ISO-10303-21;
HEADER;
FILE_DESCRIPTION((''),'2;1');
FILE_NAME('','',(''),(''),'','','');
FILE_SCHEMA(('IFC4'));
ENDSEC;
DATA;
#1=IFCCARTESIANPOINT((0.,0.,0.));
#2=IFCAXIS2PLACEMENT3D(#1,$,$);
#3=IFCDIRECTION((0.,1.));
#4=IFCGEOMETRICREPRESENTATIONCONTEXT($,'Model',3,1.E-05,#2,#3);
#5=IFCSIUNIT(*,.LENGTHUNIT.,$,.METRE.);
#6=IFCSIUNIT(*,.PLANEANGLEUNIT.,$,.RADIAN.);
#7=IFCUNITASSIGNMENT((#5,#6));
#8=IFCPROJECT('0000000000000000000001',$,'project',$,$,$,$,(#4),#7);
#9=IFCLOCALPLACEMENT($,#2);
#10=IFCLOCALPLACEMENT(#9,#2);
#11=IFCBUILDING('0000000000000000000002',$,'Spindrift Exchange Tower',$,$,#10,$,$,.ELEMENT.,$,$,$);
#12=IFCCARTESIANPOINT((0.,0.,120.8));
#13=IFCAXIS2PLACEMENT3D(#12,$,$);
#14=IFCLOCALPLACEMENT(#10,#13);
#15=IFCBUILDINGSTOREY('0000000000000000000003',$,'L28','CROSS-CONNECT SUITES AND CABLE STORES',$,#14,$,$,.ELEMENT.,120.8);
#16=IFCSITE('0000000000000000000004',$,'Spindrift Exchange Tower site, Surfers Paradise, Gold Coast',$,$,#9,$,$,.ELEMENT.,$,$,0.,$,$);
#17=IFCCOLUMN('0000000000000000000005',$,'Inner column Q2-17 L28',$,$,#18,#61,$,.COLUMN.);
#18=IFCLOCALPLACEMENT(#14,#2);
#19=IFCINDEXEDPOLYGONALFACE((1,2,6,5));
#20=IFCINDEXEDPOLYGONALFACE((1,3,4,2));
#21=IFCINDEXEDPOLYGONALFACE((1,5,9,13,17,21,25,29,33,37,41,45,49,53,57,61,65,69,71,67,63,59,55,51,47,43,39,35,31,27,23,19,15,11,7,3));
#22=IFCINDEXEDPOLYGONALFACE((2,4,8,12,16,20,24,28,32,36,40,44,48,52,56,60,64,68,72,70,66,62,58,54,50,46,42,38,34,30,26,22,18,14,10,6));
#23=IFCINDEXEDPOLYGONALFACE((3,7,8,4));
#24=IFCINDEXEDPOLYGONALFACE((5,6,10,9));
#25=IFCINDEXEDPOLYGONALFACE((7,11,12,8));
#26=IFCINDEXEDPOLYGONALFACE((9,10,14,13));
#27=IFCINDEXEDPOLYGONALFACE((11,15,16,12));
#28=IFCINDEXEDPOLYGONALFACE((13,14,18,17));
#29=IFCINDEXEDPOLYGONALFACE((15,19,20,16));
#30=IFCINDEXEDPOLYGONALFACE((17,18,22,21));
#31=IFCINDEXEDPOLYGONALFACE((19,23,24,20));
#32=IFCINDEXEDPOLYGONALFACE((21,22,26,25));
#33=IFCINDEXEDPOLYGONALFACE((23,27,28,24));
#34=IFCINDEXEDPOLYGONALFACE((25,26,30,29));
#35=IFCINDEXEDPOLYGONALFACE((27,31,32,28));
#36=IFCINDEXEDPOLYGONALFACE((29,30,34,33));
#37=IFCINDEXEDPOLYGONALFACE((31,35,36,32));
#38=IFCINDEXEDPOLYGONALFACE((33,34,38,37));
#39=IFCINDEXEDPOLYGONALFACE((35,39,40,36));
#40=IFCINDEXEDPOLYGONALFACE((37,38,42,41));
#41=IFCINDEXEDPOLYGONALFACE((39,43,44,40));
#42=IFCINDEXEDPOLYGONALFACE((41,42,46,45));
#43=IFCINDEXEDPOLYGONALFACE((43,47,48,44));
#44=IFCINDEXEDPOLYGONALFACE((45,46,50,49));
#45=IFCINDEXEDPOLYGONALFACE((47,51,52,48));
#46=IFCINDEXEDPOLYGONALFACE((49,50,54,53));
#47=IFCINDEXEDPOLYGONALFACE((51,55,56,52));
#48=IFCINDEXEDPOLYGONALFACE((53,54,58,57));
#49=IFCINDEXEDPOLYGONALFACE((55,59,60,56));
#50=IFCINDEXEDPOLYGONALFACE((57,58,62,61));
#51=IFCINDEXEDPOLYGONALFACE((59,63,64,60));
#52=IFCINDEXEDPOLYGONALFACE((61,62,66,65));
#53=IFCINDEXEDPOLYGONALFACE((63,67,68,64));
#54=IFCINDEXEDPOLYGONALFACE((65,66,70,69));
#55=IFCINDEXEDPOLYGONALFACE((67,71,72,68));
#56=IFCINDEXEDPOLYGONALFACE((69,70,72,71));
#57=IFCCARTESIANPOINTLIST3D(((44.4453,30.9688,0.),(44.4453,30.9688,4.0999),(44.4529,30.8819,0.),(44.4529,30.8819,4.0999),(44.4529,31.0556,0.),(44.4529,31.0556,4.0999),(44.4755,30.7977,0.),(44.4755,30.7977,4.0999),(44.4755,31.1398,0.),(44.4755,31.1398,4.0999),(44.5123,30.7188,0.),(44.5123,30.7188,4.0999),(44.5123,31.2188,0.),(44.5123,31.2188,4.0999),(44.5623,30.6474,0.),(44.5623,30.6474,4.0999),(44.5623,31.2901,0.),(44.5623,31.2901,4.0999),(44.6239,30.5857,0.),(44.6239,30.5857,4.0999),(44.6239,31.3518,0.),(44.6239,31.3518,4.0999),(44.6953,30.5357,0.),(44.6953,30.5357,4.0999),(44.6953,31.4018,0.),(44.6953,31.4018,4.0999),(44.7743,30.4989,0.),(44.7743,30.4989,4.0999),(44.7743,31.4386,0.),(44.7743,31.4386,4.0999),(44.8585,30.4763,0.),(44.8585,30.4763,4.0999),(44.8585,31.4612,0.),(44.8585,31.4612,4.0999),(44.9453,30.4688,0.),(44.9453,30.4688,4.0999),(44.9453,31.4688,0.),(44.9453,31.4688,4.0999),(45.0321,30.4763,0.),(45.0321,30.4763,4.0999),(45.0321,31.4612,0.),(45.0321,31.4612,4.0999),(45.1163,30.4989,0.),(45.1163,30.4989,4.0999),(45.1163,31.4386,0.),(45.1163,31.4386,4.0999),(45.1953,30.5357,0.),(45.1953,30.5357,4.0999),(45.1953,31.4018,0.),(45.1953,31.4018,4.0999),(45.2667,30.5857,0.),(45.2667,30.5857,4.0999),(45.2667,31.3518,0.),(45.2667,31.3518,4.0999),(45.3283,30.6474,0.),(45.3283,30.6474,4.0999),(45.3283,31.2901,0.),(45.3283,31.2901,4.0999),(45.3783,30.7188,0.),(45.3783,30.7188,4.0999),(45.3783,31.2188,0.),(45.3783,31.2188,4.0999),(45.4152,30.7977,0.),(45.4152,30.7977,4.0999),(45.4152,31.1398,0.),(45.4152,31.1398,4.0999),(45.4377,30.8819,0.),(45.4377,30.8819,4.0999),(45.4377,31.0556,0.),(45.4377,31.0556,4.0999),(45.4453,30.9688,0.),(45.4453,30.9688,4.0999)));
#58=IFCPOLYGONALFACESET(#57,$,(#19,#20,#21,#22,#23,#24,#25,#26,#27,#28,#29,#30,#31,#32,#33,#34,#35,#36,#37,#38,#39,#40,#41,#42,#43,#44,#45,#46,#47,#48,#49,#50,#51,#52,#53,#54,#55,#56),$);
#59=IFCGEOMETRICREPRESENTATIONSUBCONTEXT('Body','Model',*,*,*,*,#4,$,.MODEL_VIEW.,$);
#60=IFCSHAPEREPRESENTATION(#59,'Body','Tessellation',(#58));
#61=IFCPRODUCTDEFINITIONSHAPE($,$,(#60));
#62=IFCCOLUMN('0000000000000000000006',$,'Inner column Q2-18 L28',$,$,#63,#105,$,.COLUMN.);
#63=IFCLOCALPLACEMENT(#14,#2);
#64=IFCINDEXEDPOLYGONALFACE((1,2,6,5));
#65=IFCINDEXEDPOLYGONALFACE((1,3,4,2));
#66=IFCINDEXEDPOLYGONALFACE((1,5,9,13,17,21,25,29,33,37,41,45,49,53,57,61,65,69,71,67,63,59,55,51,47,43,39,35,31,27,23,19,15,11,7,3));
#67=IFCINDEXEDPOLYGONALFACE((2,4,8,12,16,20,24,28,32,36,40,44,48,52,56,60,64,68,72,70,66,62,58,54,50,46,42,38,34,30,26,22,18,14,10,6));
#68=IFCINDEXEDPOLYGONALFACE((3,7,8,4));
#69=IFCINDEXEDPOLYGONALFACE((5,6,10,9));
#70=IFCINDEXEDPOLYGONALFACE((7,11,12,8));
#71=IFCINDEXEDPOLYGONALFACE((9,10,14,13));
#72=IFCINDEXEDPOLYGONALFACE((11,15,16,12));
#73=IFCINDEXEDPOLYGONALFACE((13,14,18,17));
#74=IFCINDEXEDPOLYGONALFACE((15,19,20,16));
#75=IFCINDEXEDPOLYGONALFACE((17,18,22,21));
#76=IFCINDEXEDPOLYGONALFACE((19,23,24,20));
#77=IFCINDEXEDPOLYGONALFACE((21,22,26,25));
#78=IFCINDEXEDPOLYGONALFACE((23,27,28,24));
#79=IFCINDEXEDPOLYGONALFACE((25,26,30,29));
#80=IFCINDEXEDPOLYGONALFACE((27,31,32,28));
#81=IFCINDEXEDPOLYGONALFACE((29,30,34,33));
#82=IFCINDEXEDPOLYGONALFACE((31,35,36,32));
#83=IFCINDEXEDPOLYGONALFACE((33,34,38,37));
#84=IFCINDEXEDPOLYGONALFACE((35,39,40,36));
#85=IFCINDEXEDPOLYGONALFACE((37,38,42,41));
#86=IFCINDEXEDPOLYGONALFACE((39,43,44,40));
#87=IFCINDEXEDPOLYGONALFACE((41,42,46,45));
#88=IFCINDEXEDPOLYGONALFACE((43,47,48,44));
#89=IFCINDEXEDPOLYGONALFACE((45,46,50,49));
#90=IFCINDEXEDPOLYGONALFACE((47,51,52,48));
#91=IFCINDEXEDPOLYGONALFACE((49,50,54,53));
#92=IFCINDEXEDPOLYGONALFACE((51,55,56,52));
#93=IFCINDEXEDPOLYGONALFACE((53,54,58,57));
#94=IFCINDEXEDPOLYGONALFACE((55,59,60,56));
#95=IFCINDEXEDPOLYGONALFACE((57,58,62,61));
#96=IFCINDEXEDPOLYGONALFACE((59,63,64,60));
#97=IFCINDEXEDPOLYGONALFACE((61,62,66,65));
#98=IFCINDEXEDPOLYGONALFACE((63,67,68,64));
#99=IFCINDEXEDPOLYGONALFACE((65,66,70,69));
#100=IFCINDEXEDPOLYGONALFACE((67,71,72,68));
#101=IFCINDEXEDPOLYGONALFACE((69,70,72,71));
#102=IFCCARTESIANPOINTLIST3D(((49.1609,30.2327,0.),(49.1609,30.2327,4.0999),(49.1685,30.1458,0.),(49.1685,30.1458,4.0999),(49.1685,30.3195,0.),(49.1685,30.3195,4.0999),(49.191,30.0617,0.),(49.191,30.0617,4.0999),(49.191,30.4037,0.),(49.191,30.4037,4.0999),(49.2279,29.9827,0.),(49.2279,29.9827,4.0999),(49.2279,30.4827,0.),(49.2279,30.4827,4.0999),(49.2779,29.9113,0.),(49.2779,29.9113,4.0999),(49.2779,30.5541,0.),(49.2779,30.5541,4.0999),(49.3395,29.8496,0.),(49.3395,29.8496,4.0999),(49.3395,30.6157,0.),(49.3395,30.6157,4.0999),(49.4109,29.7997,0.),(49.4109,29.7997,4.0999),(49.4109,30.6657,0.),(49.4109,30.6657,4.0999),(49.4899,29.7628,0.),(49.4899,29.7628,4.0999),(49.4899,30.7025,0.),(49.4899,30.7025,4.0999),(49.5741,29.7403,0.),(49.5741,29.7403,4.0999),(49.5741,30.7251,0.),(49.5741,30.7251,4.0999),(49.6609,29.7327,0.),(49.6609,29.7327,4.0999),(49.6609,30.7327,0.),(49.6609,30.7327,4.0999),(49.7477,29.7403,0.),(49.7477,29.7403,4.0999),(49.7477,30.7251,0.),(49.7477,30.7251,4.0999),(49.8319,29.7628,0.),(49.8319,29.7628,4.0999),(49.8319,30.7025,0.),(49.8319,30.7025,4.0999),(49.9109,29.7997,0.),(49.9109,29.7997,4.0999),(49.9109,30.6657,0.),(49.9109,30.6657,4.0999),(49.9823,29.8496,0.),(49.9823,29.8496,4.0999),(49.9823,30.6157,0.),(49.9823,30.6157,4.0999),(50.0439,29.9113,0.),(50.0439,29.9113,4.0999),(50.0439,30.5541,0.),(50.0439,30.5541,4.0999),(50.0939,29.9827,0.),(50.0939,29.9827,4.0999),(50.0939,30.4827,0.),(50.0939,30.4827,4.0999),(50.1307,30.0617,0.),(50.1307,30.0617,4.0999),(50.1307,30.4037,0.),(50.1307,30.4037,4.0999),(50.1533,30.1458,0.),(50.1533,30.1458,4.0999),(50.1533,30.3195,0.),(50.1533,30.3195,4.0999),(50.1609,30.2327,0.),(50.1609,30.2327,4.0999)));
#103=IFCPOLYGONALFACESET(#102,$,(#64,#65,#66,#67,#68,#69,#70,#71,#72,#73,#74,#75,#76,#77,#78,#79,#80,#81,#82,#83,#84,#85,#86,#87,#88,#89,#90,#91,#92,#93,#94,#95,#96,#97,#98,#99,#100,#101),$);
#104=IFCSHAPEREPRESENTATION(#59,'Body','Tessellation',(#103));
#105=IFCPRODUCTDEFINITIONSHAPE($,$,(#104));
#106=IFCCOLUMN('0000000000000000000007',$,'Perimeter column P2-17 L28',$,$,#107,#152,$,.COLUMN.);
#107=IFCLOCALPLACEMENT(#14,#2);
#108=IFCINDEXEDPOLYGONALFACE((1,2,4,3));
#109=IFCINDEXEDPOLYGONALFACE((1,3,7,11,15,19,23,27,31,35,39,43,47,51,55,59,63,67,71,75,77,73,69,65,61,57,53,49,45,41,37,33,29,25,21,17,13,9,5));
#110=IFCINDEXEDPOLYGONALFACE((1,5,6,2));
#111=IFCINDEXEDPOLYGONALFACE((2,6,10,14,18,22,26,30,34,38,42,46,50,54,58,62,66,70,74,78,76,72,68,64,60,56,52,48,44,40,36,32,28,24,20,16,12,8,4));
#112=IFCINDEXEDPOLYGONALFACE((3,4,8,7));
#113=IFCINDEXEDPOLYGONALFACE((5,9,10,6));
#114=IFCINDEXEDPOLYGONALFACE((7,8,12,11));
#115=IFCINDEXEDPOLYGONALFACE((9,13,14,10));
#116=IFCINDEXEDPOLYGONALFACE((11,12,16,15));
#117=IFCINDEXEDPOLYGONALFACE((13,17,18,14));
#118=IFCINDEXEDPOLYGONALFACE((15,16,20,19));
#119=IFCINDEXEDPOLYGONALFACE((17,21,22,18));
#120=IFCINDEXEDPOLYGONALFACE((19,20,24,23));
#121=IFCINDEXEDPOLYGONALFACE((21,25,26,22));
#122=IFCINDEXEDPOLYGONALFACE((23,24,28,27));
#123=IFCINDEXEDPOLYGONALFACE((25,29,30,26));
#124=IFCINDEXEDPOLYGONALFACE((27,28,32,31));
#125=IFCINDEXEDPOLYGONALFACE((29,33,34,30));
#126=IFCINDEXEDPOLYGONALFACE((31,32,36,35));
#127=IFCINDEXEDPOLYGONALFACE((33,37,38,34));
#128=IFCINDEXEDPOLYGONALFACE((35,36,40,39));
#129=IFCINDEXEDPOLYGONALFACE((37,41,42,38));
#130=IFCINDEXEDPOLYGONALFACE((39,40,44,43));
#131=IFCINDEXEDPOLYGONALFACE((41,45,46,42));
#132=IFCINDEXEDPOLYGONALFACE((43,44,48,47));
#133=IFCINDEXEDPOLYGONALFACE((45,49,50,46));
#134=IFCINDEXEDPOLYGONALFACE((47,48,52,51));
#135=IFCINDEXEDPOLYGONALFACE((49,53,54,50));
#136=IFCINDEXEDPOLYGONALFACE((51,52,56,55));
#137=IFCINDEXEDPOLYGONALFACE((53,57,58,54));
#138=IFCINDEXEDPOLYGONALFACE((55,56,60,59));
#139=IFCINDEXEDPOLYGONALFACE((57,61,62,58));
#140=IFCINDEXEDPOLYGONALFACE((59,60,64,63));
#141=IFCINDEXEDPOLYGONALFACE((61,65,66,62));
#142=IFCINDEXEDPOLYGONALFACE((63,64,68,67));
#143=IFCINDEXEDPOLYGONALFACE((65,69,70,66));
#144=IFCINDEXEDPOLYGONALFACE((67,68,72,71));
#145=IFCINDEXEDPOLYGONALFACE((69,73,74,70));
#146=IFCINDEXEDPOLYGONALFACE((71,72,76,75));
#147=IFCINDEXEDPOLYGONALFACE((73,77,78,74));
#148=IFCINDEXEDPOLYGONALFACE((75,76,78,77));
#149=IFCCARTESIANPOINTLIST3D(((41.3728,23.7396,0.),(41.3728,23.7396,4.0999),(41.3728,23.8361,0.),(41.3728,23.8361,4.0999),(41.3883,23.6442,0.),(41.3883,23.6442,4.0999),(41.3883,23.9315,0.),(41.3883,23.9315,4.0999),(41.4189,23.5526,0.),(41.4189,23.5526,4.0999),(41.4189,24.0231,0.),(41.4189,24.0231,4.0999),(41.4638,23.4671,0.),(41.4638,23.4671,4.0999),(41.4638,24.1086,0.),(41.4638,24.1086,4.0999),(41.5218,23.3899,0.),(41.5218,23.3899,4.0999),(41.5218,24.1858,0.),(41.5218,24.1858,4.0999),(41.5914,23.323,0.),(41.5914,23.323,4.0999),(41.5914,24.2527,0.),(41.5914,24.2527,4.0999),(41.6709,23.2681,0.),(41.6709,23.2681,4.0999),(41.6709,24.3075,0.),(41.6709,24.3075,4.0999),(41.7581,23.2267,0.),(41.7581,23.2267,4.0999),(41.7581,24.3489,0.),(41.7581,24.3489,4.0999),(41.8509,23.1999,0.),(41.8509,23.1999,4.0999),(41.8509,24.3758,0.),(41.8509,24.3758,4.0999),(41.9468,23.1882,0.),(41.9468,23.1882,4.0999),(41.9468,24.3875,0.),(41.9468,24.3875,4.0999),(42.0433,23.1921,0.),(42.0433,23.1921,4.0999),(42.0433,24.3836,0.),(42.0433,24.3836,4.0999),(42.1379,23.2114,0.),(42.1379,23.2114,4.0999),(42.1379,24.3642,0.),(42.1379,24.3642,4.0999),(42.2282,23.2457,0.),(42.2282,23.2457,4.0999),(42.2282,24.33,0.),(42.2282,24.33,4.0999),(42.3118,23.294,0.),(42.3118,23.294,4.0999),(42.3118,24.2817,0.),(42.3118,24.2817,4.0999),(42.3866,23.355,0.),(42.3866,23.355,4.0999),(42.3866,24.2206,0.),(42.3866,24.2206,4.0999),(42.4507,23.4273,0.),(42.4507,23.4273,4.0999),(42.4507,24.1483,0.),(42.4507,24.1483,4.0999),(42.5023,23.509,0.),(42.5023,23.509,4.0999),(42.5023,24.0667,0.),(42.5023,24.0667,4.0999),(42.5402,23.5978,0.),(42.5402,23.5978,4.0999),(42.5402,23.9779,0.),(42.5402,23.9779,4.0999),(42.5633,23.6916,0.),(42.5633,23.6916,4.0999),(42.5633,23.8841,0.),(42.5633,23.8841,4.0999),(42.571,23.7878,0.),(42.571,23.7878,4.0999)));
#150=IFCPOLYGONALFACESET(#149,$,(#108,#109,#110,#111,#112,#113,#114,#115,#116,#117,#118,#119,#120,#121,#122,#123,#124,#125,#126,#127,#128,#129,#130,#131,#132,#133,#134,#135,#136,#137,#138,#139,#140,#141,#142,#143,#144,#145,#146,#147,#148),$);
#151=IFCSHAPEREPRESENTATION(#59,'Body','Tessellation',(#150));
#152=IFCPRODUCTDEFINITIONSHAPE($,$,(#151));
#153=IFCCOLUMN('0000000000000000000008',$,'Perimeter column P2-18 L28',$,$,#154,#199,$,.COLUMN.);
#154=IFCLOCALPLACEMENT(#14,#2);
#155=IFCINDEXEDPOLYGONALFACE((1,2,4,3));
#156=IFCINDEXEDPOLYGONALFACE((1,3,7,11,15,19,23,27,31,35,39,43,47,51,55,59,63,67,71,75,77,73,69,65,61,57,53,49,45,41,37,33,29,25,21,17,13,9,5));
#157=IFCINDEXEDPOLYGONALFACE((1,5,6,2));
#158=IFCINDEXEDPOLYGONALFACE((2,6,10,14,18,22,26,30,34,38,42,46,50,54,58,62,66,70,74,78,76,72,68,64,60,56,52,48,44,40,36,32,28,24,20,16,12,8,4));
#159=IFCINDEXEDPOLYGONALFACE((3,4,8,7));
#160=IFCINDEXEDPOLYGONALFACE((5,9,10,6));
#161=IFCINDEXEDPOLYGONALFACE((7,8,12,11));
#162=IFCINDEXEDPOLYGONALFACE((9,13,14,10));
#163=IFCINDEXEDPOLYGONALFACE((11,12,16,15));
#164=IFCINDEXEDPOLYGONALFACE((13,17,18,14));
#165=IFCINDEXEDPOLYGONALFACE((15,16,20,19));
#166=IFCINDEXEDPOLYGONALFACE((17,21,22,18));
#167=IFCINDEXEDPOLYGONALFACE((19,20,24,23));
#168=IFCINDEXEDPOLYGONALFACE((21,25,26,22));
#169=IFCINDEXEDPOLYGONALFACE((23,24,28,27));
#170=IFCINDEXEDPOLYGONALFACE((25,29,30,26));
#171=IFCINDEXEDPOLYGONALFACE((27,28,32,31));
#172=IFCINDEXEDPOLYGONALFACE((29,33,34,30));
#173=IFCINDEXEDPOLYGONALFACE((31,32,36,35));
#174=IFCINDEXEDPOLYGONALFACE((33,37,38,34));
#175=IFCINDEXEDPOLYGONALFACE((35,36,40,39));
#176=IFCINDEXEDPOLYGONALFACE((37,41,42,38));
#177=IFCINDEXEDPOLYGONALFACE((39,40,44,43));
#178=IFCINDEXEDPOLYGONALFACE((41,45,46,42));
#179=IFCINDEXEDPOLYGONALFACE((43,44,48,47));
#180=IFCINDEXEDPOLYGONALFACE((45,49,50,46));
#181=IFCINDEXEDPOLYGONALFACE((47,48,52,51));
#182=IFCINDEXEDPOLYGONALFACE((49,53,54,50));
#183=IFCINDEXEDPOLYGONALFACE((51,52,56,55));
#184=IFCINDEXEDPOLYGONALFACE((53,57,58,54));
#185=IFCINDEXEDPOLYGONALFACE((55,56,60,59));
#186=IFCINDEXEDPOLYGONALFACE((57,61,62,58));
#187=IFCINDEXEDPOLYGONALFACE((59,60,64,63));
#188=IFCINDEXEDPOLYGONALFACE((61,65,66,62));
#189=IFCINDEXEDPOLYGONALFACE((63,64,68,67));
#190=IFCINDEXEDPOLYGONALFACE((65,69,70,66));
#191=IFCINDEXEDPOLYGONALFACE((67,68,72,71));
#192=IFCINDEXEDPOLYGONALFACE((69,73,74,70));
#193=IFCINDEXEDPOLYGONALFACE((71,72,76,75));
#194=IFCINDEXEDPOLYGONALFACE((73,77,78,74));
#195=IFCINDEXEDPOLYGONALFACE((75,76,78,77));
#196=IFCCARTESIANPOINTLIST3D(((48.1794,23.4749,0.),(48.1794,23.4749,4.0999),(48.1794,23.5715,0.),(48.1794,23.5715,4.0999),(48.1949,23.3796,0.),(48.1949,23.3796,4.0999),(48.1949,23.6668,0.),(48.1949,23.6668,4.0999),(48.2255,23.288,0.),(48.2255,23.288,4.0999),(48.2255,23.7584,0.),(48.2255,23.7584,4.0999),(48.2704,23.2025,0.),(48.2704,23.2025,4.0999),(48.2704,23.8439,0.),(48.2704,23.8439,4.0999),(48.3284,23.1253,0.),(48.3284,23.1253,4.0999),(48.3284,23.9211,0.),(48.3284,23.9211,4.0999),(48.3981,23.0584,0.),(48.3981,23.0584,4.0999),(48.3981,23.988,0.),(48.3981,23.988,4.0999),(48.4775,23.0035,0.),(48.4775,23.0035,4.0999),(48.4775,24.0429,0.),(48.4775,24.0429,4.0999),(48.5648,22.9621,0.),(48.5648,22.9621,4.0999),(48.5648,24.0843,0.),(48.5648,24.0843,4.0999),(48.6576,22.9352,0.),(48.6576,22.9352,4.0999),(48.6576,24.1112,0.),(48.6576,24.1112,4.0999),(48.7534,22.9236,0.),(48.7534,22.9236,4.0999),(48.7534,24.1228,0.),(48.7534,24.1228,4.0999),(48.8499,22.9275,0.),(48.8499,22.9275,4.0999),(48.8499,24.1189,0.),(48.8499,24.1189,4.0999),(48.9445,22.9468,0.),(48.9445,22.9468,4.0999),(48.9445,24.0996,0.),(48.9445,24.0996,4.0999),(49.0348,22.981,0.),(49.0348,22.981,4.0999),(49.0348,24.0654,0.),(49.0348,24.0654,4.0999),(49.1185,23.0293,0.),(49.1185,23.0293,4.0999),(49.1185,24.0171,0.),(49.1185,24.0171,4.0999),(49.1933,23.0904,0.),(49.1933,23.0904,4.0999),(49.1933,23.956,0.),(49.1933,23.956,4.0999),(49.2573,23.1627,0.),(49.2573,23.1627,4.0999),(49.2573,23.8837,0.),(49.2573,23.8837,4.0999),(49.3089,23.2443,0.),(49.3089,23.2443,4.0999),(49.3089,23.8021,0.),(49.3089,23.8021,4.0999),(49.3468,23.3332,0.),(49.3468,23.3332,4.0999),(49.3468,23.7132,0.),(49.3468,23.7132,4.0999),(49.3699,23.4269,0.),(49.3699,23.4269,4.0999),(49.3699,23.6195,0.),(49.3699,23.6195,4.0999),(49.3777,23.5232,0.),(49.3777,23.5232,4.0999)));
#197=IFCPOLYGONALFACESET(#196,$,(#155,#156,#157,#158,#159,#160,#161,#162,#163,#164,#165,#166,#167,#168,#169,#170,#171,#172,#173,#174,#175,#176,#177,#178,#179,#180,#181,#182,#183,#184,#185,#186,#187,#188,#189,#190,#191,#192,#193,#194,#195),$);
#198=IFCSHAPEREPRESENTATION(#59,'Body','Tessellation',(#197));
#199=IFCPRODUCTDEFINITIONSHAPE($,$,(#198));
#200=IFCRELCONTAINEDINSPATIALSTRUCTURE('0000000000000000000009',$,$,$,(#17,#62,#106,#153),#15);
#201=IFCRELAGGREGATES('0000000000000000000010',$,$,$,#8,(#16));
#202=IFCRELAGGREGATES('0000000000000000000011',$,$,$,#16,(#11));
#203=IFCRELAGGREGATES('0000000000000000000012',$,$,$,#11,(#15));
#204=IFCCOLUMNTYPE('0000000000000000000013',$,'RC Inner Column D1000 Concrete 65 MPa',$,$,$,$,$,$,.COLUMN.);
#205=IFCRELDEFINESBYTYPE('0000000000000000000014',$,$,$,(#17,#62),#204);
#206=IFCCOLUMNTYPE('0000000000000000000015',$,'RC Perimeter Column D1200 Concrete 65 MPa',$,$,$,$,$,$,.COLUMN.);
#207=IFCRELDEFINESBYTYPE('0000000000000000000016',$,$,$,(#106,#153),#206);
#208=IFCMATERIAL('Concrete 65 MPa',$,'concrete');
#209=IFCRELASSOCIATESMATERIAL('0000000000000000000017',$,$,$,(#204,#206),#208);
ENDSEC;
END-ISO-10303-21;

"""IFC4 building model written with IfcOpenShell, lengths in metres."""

from ifc_helpers import new_model, si_unit, direction, frame, origin, origin_2d, place, context, subcontext, project, spatial, circle, extrude, source, transform, mapped, material, material_profile, profile_set, type_object, element, save


model = new_model("IFC4")

# Units and contexts
model_context = context("Model", 3, precision=1e-05, world=origin(), true_north=direction((0.0, 1.0)))
body_context = subcontext(model_context, "Body", "Model", "MODEL_VIEW")
ifc_project = project(units=[si_unit("LENGTHUNIT", "METRE"), si_unit("PLANEANGLEUNIT", "RADIAN")], contexts=[model_context])

# Site, building, storey
site_placement = place(None, origin())
site = spatial("IfcSite", under=ifc_project, at=site_placement, Name="Spindrift Exchange Tower site, Surfers Paradise, Gold Coast", CompositionType="ELEMENT", RefElevation=0.0)
building_placement = place(site_placement, origin())
building = spatial("IfcBuilding", under=site, at=building_placement, Name="Spindrift Exchange Tower", CompositionType="ELEMENT")
storey_placement = place(building_placement, frame((0.0, 0.0, 120.8)))
storey = spatial("IfcBuildingStorey", under=building, at=storey_placement, Name="L28", Description="CROSS-CONNECT SUITES AND CABLE STORES", CompositionType="ELEMENT", Elevation=120.8)

# Columns
ifc_material_1 = material(Name="Concrete 65 MPa", Category="concrete")
ifc_material_profile_1 = material_profile(ifc_material_1, circle(Radius=0.5, at=origin_2d()), Name="RC D1000")
ifc_profile_set_1 = profile_set([ifc_material_profile_1], Name="Concrete 65 MPa")
column_type_1 = type_object("IfcColumnType", Name="RC Inner Column D1000 Concrete 65 MPa", PredefinedType="COLUMN", material=ifc_profile_set_1)
shared_shape_1 = source(origin(), body_context, "Body", "SweptSolid", [
    extrude(circle(Radius=0.5, at=origin_2d()), origin(), (0.0, 0.0, 1.0), 4.0999),
])
for number, where, z_axis, x_axis, name in (
    (1, (44.9453, 30.9688, 0.0), (0.0, 0.0, 1.0), (1.0, 0.0, 0.0), "Inner column Q2-17 L28"),
    (2, (49.6609, 30.2327, 0.0), (0.0, 0.0, 1.0), (1.0, 0.0, 0.0), "Inner column Q2-18 L28"),
):
    element("IfcColumn", number, at=place(storey_placement, frame(where, z_axis=z_axis, x_axis=x_axis)), inside=storey, type_object=column_type_1, Name=name, PredefinedType="COLUMN", context=body_context, shape_type="MappedRepresentation", body=[
        mapped(shared_shape_1, transform((0.0, 0.0, 0.0), scale=1.0)),
    ])
ifc_material_profile_2 = material_profile(ifc_material_1, circle(Radius=0.6001, at=origin_2d()), Name="RC D1200")
ifc_profile_set_2 = profile_set([ifc_material_profile_2], Name="Concrete 65 MPa")
column_type_2 = type_object("IfcColumnType", Name="RC Perimeter Column D1200 Concrete 65 MPa", PredefinedType="COLUMN", material=ifc_profile_set_2)
shared_shape_2 = source(origin(), body_context, "Body", "SweptSolid", [
    extrude(circle(Radius=0.6001, at=origin_2d()), origin(), (0.0, 0.0, 1.0), 4.0999),
])
for number, where, z_axis, x_axis, name in (
    (3, (41.9709, 23.7878, 0.0), (0.0, 0.0, 1.0), (1.0, 0.0, 0.0), "Perimeter column P2-17 L28"),
    (4, (48.7776, 23.5232, 0.0), (0.0, 0.0, 1.0), (1.0, 0.0, 0.0), "Perimeter column P2-18 L28"),
):
    element("IfcColumn", number, at=place(storey_placement, frame(where, z_axis=z_axis, x_axis=x_axis)), inside=storey, type_object=column_type_2, Name=name, PredefinedType="COLUMN", context=body_context, shape_type="MappedRepresentation", body=[
        mapped(shared_shape_2, transform((0.0, 0.0, 0.0), scale=1.0)),
    ])

save(model, "model.ifc")
